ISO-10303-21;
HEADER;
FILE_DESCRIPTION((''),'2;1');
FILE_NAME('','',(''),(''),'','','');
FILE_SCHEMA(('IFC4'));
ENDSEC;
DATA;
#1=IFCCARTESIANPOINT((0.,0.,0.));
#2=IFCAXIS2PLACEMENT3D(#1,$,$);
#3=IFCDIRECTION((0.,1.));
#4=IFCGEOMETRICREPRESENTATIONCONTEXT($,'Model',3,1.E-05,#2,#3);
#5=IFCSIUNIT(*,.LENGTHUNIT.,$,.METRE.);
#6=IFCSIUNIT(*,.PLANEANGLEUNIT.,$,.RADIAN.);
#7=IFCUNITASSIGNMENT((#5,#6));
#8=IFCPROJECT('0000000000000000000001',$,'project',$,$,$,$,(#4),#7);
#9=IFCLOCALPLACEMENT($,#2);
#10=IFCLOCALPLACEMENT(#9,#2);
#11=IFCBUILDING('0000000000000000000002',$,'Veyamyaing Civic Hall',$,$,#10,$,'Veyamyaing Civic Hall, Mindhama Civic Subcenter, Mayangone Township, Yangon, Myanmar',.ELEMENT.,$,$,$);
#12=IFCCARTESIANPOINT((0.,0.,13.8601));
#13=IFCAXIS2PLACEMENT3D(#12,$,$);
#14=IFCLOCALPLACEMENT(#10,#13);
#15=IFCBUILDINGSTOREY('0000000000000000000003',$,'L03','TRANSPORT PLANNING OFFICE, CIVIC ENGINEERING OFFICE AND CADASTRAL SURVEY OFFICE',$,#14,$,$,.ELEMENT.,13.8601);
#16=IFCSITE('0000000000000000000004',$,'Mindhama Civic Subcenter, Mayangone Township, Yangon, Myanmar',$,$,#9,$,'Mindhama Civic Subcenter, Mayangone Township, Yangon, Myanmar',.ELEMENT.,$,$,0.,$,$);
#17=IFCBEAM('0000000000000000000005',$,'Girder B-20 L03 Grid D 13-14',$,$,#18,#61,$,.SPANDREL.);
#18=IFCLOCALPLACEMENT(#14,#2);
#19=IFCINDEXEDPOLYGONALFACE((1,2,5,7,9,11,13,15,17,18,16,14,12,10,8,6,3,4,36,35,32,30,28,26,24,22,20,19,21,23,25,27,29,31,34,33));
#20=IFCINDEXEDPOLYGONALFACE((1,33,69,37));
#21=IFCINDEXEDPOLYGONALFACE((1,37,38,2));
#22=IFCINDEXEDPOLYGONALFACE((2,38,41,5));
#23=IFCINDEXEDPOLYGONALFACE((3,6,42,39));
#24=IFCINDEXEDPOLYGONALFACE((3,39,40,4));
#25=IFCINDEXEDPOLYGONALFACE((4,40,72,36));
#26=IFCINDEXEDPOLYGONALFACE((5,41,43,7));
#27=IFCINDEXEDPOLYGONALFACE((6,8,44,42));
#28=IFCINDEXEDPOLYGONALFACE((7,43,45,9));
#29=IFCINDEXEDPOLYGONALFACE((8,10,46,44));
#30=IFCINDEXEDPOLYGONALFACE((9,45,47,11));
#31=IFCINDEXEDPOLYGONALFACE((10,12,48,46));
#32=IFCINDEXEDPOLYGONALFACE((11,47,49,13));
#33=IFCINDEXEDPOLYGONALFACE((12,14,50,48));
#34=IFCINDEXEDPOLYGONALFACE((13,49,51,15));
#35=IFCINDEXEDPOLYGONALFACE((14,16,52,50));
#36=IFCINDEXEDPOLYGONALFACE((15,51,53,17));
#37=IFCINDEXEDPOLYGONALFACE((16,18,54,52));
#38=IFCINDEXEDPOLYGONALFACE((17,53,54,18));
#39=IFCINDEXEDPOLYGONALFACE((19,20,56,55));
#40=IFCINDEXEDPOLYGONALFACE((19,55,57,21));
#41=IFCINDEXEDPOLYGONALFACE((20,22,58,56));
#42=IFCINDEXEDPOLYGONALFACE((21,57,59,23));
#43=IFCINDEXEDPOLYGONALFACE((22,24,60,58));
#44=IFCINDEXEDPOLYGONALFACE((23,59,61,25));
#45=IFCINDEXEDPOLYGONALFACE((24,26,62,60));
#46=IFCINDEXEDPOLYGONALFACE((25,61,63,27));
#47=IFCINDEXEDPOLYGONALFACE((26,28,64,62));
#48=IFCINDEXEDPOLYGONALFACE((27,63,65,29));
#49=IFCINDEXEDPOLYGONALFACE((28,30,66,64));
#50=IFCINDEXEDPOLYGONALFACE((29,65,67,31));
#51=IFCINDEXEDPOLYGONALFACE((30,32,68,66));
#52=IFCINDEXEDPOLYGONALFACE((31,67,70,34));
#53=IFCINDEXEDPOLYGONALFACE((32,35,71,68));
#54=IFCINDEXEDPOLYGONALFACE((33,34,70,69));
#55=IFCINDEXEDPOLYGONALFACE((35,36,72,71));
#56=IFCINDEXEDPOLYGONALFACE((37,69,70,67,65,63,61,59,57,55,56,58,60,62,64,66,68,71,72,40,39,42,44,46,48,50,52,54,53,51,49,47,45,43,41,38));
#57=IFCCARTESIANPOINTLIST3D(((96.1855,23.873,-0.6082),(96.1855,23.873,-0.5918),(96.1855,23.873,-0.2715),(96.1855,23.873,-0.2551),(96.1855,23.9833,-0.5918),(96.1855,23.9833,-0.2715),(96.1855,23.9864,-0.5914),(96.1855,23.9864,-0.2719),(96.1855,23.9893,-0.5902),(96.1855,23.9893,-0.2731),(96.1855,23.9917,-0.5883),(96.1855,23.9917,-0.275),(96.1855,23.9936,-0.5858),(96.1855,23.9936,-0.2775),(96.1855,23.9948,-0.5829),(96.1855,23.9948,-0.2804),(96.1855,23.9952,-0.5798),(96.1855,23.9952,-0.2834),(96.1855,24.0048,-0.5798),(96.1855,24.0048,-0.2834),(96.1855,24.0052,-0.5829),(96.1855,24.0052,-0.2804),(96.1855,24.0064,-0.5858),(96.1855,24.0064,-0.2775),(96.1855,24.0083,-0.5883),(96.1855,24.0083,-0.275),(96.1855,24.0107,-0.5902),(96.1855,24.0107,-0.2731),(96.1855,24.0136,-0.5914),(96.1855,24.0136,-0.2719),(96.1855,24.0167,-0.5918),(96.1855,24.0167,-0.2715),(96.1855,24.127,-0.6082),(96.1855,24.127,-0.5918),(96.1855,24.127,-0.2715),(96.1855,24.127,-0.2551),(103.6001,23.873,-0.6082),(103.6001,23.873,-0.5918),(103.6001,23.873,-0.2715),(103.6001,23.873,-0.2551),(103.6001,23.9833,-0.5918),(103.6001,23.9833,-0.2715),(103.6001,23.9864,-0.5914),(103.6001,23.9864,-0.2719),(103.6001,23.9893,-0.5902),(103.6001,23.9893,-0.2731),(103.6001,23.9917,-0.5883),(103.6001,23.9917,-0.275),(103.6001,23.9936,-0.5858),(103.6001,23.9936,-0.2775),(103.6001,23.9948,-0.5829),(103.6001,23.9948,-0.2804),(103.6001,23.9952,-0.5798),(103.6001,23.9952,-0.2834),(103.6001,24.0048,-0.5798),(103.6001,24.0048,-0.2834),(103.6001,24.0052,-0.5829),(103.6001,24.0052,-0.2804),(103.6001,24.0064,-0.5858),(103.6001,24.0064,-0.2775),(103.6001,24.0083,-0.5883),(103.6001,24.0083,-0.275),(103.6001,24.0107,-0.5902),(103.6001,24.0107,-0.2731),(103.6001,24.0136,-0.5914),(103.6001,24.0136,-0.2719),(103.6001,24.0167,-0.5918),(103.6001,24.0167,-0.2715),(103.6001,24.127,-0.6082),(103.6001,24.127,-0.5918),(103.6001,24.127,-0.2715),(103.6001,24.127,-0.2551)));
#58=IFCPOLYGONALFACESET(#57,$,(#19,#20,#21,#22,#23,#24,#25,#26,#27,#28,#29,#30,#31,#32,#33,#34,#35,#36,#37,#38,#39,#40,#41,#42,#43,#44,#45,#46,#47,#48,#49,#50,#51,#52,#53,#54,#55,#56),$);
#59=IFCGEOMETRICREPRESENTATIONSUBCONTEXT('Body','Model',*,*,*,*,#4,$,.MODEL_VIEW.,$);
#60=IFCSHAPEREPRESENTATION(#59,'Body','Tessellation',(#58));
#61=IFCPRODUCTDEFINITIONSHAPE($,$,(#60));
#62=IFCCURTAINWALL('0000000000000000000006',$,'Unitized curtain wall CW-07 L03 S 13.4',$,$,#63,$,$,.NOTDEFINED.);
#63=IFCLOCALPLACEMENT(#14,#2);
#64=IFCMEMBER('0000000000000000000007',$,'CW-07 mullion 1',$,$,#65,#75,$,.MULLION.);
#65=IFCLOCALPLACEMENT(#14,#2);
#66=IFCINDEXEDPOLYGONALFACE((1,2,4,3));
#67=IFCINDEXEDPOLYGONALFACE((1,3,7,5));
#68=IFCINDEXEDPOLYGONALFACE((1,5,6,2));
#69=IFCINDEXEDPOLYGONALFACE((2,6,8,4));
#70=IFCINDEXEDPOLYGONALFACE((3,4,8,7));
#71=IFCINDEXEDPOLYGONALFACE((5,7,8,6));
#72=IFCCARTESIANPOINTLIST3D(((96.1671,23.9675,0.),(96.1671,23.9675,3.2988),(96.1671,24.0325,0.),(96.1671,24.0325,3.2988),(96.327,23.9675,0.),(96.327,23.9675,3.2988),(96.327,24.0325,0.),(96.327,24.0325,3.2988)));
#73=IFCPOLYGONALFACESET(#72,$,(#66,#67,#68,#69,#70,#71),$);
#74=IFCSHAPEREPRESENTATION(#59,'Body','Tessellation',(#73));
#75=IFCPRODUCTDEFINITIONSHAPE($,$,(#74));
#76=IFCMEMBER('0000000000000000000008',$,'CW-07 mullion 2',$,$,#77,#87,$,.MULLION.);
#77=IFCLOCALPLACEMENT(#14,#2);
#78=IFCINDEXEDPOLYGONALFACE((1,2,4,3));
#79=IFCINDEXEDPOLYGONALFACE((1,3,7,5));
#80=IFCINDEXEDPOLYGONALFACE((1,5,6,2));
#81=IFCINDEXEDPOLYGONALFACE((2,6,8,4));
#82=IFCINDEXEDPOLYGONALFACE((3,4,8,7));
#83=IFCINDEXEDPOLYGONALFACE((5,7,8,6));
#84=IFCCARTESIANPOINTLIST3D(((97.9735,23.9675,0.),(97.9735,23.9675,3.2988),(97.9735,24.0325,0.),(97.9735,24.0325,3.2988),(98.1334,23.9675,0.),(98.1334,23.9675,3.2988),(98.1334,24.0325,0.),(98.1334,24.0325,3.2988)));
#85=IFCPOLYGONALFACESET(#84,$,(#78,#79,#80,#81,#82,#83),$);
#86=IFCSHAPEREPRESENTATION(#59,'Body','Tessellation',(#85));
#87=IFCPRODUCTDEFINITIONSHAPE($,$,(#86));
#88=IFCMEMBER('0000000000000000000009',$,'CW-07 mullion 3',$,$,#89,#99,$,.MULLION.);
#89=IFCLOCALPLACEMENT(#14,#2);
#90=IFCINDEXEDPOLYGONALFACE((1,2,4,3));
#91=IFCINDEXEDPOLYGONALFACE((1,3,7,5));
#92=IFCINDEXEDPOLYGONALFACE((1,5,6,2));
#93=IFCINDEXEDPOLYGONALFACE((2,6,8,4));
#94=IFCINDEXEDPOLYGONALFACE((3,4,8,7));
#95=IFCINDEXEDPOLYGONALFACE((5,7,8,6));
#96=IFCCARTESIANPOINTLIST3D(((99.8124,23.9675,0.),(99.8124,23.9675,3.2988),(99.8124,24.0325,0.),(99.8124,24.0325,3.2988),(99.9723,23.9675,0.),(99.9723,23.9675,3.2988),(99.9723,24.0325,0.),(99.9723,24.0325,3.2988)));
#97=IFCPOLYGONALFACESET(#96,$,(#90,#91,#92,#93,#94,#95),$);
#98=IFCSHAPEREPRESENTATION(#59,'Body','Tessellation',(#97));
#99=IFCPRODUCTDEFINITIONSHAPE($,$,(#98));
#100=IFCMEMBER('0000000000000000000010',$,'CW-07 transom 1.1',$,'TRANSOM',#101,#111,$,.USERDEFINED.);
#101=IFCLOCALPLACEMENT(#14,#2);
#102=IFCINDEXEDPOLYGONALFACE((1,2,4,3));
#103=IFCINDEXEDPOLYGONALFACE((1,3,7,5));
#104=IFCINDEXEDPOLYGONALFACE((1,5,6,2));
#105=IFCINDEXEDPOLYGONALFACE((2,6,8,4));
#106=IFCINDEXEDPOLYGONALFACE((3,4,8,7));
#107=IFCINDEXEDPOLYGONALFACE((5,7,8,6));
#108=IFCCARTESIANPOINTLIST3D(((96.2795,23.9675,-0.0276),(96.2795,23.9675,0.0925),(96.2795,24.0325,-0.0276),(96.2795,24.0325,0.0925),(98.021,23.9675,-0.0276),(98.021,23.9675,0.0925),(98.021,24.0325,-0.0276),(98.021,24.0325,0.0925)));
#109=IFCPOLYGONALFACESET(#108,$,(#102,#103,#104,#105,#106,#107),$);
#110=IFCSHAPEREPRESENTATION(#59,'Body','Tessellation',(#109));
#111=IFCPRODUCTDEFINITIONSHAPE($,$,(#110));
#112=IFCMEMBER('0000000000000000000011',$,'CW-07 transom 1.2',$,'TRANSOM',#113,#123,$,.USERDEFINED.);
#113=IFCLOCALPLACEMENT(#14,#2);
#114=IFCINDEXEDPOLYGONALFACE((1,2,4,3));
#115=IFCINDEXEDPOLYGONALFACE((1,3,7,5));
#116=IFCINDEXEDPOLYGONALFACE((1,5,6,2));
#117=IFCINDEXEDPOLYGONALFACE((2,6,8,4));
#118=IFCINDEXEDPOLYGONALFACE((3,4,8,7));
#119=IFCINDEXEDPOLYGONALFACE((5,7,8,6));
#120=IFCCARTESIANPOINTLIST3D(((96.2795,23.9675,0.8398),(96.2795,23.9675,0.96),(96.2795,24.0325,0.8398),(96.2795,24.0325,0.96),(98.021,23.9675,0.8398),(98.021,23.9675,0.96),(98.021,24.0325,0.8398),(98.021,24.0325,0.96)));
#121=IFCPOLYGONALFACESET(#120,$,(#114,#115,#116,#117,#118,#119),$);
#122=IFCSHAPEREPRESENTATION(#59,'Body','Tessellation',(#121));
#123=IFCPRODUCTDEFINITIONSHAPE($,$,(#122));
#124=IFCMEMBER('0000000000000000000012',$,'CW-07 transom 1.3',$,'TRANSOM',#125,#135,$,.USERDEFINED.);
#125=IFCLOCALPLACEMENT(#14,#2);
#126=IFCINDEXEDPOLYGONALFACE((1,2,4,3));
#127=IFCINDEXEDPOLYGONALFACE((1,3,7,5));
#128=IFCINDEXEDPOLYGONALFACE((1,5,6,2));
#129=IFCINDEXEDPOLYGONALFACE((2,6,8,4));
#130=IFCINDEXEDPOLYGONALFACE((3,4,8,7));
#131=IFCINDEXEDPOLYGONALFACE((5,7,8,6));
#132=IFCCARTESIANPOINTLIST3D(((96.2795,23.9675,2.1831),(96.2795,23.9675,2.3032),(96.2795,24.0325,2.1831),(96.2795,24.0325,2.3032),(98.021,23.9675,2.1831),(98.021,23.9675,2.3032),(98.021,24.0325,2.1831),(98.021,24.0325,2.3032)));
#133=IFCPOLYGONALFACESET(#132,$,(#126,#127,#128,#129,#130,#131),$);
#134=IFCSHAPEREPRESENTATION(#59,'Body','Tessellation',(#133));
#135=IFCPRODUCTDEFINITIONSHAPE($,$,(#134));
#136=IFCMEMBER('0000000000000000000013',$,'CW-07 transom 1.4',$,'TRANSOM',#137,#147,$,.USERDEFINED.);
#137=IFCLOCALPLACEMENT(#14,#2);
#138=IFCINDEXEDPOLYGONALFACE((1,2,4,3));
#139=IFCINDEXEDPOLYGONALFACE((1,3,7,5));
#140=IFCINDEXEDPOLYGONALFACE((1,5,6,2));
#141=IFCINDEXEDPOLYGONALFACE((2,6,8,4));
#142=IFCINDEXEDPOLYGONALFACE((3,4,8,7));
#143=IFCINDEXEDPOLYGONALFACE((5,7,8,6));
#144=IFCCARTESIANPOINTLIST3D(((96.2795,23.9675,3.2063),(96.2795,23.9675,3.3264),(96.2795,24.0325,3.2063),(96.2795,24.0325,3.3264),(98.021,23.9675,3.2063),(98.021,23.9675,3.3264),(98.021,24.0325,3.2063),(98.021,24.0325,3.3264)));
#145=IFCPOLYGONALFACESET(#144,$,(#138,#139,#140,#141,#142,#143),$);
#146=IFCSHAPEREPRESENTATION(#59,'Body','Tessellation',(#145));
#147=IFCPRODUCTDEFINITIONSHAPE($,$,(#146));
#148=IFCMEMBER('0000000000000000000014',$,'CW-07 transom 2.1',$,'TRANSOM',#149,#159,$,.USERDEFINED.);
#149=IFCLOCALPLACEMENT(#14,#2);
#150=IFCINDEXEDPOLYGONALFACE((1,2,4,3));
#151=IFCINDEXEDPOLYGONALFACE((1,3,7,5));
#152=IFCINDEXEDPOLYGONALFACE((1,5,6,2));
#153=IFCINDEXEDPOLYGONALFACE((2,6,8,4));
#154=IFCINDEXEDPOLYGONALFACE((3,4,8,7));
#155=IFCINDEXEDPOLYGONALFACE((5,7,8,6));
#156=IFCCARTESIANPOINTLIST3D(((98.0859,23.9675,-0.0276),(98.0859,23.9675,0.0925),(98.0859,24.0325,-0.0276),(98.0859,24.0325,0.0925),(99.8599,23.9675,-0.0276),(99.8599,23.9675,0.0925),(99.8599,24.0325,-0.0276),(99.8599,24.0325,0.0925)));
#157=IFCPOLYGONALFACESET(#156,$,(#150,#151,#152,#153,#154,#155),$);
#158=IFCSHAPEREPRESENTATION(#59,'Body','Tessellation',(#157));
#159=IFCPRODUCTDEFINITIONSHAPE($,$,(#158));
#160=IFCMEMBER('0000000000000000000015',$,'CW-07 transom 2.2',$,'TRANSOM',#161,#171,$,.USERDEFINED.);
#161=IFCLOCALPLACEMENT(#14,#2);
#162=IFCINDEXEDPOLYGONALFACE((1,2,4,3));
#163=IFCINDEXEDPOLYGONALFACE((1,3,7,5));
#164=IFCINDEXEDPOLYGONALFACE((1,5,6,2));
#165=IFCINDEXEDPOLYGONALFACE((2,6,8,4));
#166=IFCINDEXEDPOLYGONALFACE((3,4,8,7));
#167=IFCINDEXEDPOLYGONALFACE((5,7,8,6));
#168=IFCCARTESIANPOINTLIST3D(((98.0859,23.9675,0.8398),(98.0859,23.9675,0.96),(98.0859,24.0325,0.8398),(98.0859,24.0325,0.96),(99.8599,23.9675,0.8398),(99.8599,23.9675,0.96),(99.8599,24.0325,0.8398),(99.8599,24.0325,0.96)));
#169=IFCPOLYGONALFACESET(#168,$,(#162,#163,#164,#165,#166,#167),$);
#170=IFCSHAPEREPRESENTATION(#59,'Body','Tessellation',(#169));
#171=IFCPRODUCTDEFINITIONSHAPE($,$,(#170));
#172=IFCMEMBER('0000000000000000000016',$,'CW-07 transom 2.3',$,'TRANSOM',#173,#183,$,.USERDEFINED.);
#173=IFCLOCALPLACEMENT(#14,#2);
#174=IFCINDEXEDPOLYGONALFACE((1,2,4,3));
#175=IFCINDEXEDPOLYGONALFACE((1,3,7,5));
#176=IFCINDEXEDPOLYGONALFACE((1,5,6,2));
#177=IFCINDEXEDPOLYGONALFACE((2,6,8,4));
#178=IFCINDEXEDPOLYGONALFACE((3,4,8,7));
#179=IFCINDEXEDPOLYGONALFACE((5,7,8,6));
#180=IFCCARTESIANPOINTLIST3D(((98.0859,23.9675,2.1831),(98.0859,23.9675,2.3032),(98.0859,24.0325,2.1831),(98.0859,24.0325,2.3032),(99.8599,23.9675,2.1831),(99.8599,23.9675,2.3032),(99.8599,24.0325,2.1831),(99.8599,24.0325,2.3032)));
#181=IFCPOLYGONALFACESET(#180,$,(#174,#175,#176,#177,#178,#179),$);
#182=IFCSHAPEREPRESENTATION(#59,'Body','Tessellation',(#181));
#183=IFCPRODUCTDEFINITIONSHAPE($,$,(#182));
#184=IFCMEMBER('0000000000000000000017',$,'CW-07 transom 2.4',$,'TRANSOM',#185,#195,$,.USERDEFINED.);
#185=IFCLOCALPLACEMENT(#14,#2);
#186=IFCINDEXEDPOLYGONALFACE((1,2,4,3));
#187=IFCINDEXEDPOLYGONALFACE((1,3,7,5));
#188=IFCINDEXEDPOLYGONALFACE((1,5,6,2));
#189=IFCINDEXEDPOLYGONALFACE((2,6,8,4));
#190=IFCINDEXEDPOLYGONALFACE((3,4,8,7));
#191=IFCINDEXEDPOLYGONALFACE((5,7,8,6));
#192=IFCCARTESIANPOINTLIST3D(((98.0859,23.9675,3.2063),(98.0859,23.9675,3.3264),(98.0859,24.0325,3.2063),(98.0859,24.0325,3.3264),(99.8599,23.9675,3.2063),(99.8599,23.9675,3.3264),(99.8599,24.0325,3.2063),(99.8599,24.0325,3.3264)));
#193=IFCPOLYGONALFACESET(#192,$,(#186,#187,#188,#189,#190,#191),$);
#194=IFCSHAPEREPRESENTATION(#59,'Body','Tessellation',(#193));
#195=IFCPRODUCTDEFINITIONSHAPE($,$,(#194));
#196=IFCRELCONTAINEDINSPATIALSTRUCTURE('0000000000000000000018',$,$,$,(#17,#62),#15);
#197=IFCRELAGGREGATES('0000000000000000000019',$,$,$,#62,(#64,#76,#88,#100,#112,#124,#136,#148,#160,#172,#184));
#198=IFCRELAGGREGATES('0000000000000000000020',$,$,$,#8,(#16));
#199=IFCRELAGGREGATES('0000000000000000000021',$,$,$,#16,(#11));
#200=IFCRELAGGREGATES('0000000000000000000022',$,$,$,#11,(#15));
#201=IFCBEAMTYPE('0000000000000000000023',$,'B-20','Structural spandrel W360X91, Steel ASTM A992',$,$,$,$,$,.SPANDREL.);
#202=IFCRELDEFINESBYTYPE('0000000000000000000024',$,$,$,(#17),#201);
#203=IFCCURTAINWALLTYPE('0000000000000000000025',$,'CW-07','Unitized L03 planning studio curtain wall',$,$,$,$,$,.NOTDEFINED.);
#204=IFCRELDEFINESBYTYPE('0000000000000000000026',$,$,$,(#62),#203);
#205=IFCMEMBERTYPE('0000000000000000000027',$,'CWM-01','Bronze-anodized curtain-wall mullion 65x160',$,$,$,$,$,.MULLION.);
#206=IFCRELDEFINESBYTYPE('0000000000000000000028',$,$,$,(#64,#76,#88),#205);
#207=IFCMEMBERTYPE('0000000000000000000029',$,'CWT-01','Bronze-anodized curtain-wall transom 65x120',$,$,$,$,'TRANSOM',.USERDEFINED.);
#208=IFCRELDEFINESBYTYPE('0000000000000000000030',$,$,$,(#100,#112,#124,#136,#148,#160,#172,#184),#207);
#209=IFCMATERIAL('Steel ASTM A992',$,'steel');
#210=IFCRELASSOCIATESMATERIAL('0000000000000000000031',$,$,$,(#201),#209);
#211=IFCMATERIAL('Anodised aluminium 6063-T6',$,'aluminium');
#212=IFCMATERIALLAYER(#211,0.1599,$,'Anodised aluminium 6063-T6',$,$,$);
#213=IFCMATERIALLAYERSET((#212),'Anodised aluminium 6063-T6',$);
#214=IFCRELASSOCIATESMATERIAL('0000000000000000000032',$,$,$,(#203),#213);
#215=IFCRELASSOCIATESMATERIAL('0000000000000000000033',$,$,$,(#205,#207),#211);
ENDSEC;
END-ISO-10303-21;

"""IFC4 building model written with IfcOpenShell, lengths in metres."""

from ifc_helpers import new_model, si_unit, direction, frame, origin, origin_2d, place, context, subcontext, project, spatial, rectangle, i_section, extrude, material, layer, layer_set, material_profile, profile_set, type_object, element, aggregate, save


model = new_model("IFC4")

# Units and contexts
model_context = context("Model", 3, precision=1e-05, world=origin(), true_north=direction((0.0, 1.0)))
body_context = subcontext(model_context, "Body", "Model", "MODEL_VIEW")
ifc_project = project(units=[si_unit("LENGTHUNIT", "METRE"), si_unit("PLANEANGLEUNIT", "RADIAN")], contexts=[model_context])

# Site, building, storey
site_placement = place(None, origin())
site = spatial("IfcSite", under=ifc_project, at=site_placement, Name="Mindhama Civic Subcenter, Mayangone Township, Yangon, Myanmar", LongName="Mindhama Civic Subcenter, Mayangone Township, Yangon, Myanmar", CompositionType="ELEMENT", RefElevation=0.0)
building_placement = place(site_placement, origin())
building = spatial("IfcBuilding", under=site, at=building_placement, Name="Veyamyaing Civic Hall", LongName="Veyamyaing Civic Hall, Mindhama Civic Subcenter, Mayangone Township, Yangon, Myanmar", CompositionType="ELEMENT")
storey_placement = place(building_placement, frame((0.0, 0.0, 13.8601)))
storey = spatial("IfcBuildingStorey", under=building, at=storey_placement, Name="L03", Description="TRANSPORT PLANNING OFFICE, CIVIC ENGINEERING OFFICE AND CADASTRAL SURVEY OFFICE", CompositionType="ELEMENT", Elevation=13.8601)

# Beam
ifc_material_1 = material(Name="Steel ASTM A992", Category="steel")
ifc_material_profile_1 = material_profile(ifc_material_1, i_section(OverallWidth=0.2539, OverallDepth=0.353, WebThickness=0.0095, FlangeThickness=0.0164, FilletRadius=0.012, at=origin_2d()), Name="W360X91")
ifc_profile_set_1 = profile_set([ifc_material_profile_1], Name="Steel ASTM A992")
beam_type = type_object("IfcBeamType", Name="B-20", Description="Structural spandrel W360X91, Steel ASTM A992", PredefinedType="SPANDREL", material=ifc_profile_set_1)
beam_placement = place(storey_placement, frame((96.1855, 24.0, -0.4316), z_axis=(1.0, 0.0, 0.0), x_axis=(0.0, 1.0, 0.0)))
element("IfcBeam", 1, at=beam_placement, inside=storey, type_object=beam_type, Name="Girder B-20 L03 Grid D 13-14", PredefinedType="SPANDREL", context=body_context, shape_type="SweptSolid", body=[
    extrude(i_section(OverallWidth=0.2539, OverallDepth=0.353, WebThickness=0.0095, FlangeThickness=0.0164, FilletRadius=0.012, at=origin_2d()), origin(), (0.0, 0.0, 1.0), 7.4146),
])

# Curtain wall, members
ifc_material_2 = material(Name="Anodised aluminium 6063-T6", Category="aluminium")
ifc_layer_1 = layer(ifc_material_2, 0.1599, Name="Anodised aluminium 6063-T6")
ifc_layer_set_1 = layer_set([ifc_layer_1], Name="Anodised aluminium 6063-T6")
curtain_wall_type = type_object("IfcCurtainWallType", Name="CW-07", Description="Unitized L03 planning studio curtain wall", PredefinedType="NOTDEFINED", material=ifc_layer_set_1)
curtain_wall_placement = place(storey_placement, origin())
curtain_wall = element("IfcCurtainWall", 2, at=curtain_wall_placement, inside=storey, type_object=curtain_wall_type, Name="Unitized curtain wall CW-07 L03 S 13.4", PredefinedType="NOTDEFINED")
ifc_material_profile_2 = material_profile(ifc_material_2, rectangle(XDim=0.0649, YDim=0.1599, at=origin_2d()), Name="ALU-MUL-65X160")
ifc_profile_set_2 = profile_set([ifc_material_profile_2], Name="Anodised aluminium 6063-T6")
member_type_1 = type_object("IfcMemberType", Name="CWM-01", Description="Bronze-anodized curtain-wall mullion 65x160", PredefinedType="MULLION", material=ifc_profile_set_2)
member_1_placement = place(storey_placement, frame((96.2471, 24.0, 0.0), z_axis=(0.0, 0.0, 1.0), x_axis=(0.0, 1.0, 0.0)))
member_1 = element("IfcMember", 3, at=member_1_placement, type_object=member_type_1, Name="CW-07 mullion 1", PredefinedType="MULLION", context=body_context, shape_type="SweptSolid", body=[
    extrude(rectangle(XDim=0.0649, YDim=0.1599, at=origin_2d()), origin(), (0.0, 0.0, 1.0), 3.2988),
])
member_2_placement = place(storey_placement, frame((98.0535, 24.0, 0.0), z_axis=(0.0, 0.0, 1.0), x_axis=(0.0, 1.0, 0.0)))
member_2 = element("IfcMember", 4, at=member_2_placement, type_object=member_type_1, Name="CW-07 mullion 2", PredefinedType="MULLION", context=body_context, shape_type="SweptSolid", body=[
    extrude(rectangle(XDim=0.0649, YDim=0.1599, at=origin_2d()), origin(), (0.0, 0.0, 1.0), 3.2988),
])
member_3_placement = place(storey_placement, frame((99.8923, 24.0, 0.0), z_axis=(0.0, 0.0, 1.0), x_axis=(0.0, 1.0, 0.0)))
member_3 = element("IfcMember", 5, at=member_3_placement, type_object=member_type_1, Name="CW-07 mullion 3", PredefinedType="MULLION", context=body_context, shape_type="SweptSolid", body=[
    extrude(rectangle(XDim=0.0649, YDim=0.1599, at=origin_2d()), origin(), (0.0, 0.0, 1.0), 3.2988),
])
ifc_material_profile_3 = material_profile(ifc_material_2, rectangle(XDim=0.0649, YDim=0.1201, at=origin_2d()), Name="ALU-TRN-65X120")
ifc_profile_set_3 = profile_set([ifc_material_profile_3], Name="Anodised aluminium 6063-T6")
member_type_2 = type_object("IfcMemberType", Name="CWT-01", Description="Bronze-anodized curtain-wall transom 65x120", ElementType="TRANSOM", PredefinedType="USERDEFINED", material=ifc_profile_set_3)
member_4_placement = place(storey_placement, frame((96.2795, 24.0, 0.0325), z_axis=(1.0, 0.0, 0.0), x_axis=(0.0, 1.0, 0.0)))
member_4 = element("IfcMember", 6, at=member_4_placement, type_object=member_type_2, Name="CW-07 transom 1.1", ObjectType="TRANSOM", PredefinedType="USERDEFINED", context=body_context, shape_type="SweptSolid", body=[
    extrude(rectangle(XDim=0.0649, YDim=0.1201, at=origin_2d()), origin(), (0.0, 0.0, 1.0), 1.7415),
])
member_5_placement = place(storey_placement, frame((96.2795, 24.0, 0.8999), z_axis=(1.0, 0.0, 0.0), x_axis=(0.0, 1.0, 0.0)))
member_5 = element("IfcMember", 7, at=member_5_placement, type_object=member_type_2, Name="CW-07 transom 1.2", ObjectType="TRANSOM", PredefinedType="USERDEFINED", context=body_context, shape_type="SweptSolid", body=[
    extrude(rectangle(XDim=0.0649, YDim=0.1201, at=origin_2d()), origin(), (0.0, 0.0, 1.0), 1.7415),
])
member_6_placement = place(storey_placement, frame((96.2795, 24.0, 2.2432), z_axis=(1.0, 0.0, 0.0), x_axis=(0.0, 1.0, 0.0)))
member_6 = element("IfcMember", 8, at=member_6_placement, type_object=member_type_2, Name="CW-07 transom 1.3", ObjectType="TRANSOM", PredefinedType="USERDEFINED", context=body_context, shape_type="SweptSolid", body=[
    extrude(rectangle(XDim=0.0649, YDim=0.1201, at=origin_2d()), origin(), (0.0, 0.0, 1.0), 1.7415),
])
member_7_placement = place(storey_placement, frame((96.2795, 24.0, 3.2664), z_axis=(1.0, 0.0, 0.0), x_axis=(0.0, 1.0, 0.0)))
member_7 = element("IfcMember", 9, at=member_7_placement, type_object=member_type_2, Name="CW-07 transom 1.4", ObjectType="TRANSOM", PredefinedType="USERDEFINED", context=body_context, shape_type="SweptSolid", body=[
    extrude(rectangle(XDim=0.0649, YDim=0.1201, at=origin_2d()), origin(), (0.0, 0.0, 1.0), 1.7415),
])
member_8_placement = place(storey_placement, frame((98.0859, 24.0, 0.0325), z_axis=(1.0, 0.0, 0.0), x_axis=(0.0, 1.0, 0.0)))
member_8 = element("IfcMember", 10, at=member_8_placement, type_object=member_type_2, Name="CW-07 transom 2.1", ObjectType="TRANSOM", PredefinedType="USERDEFINED", context=body_context, shape_type="SweptSolid", body=[
    extrude(rectangle(XDim=0.0649, YDim=0.1201, at=origin_2d()), origin(), (0.0, 0.0, 1.0), 1.7739),
])
member_9_placement = place(storey_placement, frame((98.0859, 24.0, 0.8999), z_axis=(1.0, 0.0, 0.0), x_axis=(0.0, 1.0, 0.0)))
member_9 = element("IfcMember", 11, at=member_9_placement, type_object=member_type_2, Name="CW-07 transom 2.2", ObjectType="TRANSOM", PredefinedType="USERDEFINED", context=body_context, shape_type="SweptSolid", body=[
    extrude(rectangle(XDim=0.0649, YDim=0.1201, at=origin_2d()), origin(), (0.0, 0.0, 1.0), 1.7739),
])
member_10_placement = place(storey_placement, frame((98.0859, 24.0, 2.2432), z_axis=(1.0, 0.0, 0.0), x_axis=(0.0, 1.0, 0.0)))
member_10 = element("IfcMember", 12, at=member_10_placement, type_object=member_type_2, Name="CW-07 transom 2.3", ObjectType="TRANSOM", PredefinedType="USERDEFINED", context=body_context, shape_type="SweptSolid", body=[
    extrude(rectangle(XDim=0.0649, YDim=0.1201, at=origin_2d()), origin(), (0.0, 0.0, 1.0), 1.7739),
])
member_11_placement = place(storey_placement, frame((98.0859, 24.0, 3.2664), z_axis=(1.0, 0.0, 0.0), x_axis=(0.0, 1.0, 0.0)))
member_11 = element("IfcMember", 13, at=member_11_placement, type_object=member_type_2, Name="CW-07 transom 2.4", ObjectType="TRANSOM", PredefinedType="USERDEFINED", context=body_context, shape_type="SweptSolid", body=[
    extrude(rectangle(XDim=0.0649, YDim=0.1201, at=origin_2d()), origin(), (0.0, 0.0, 1.0), 1.7739),
])
aggregate(curtain_wall, [member_1, member_2, member_3, member_4, member_5, member_6, member_7, member_8, member_9, member_10, member_11])

save(model, "model.ifc")
